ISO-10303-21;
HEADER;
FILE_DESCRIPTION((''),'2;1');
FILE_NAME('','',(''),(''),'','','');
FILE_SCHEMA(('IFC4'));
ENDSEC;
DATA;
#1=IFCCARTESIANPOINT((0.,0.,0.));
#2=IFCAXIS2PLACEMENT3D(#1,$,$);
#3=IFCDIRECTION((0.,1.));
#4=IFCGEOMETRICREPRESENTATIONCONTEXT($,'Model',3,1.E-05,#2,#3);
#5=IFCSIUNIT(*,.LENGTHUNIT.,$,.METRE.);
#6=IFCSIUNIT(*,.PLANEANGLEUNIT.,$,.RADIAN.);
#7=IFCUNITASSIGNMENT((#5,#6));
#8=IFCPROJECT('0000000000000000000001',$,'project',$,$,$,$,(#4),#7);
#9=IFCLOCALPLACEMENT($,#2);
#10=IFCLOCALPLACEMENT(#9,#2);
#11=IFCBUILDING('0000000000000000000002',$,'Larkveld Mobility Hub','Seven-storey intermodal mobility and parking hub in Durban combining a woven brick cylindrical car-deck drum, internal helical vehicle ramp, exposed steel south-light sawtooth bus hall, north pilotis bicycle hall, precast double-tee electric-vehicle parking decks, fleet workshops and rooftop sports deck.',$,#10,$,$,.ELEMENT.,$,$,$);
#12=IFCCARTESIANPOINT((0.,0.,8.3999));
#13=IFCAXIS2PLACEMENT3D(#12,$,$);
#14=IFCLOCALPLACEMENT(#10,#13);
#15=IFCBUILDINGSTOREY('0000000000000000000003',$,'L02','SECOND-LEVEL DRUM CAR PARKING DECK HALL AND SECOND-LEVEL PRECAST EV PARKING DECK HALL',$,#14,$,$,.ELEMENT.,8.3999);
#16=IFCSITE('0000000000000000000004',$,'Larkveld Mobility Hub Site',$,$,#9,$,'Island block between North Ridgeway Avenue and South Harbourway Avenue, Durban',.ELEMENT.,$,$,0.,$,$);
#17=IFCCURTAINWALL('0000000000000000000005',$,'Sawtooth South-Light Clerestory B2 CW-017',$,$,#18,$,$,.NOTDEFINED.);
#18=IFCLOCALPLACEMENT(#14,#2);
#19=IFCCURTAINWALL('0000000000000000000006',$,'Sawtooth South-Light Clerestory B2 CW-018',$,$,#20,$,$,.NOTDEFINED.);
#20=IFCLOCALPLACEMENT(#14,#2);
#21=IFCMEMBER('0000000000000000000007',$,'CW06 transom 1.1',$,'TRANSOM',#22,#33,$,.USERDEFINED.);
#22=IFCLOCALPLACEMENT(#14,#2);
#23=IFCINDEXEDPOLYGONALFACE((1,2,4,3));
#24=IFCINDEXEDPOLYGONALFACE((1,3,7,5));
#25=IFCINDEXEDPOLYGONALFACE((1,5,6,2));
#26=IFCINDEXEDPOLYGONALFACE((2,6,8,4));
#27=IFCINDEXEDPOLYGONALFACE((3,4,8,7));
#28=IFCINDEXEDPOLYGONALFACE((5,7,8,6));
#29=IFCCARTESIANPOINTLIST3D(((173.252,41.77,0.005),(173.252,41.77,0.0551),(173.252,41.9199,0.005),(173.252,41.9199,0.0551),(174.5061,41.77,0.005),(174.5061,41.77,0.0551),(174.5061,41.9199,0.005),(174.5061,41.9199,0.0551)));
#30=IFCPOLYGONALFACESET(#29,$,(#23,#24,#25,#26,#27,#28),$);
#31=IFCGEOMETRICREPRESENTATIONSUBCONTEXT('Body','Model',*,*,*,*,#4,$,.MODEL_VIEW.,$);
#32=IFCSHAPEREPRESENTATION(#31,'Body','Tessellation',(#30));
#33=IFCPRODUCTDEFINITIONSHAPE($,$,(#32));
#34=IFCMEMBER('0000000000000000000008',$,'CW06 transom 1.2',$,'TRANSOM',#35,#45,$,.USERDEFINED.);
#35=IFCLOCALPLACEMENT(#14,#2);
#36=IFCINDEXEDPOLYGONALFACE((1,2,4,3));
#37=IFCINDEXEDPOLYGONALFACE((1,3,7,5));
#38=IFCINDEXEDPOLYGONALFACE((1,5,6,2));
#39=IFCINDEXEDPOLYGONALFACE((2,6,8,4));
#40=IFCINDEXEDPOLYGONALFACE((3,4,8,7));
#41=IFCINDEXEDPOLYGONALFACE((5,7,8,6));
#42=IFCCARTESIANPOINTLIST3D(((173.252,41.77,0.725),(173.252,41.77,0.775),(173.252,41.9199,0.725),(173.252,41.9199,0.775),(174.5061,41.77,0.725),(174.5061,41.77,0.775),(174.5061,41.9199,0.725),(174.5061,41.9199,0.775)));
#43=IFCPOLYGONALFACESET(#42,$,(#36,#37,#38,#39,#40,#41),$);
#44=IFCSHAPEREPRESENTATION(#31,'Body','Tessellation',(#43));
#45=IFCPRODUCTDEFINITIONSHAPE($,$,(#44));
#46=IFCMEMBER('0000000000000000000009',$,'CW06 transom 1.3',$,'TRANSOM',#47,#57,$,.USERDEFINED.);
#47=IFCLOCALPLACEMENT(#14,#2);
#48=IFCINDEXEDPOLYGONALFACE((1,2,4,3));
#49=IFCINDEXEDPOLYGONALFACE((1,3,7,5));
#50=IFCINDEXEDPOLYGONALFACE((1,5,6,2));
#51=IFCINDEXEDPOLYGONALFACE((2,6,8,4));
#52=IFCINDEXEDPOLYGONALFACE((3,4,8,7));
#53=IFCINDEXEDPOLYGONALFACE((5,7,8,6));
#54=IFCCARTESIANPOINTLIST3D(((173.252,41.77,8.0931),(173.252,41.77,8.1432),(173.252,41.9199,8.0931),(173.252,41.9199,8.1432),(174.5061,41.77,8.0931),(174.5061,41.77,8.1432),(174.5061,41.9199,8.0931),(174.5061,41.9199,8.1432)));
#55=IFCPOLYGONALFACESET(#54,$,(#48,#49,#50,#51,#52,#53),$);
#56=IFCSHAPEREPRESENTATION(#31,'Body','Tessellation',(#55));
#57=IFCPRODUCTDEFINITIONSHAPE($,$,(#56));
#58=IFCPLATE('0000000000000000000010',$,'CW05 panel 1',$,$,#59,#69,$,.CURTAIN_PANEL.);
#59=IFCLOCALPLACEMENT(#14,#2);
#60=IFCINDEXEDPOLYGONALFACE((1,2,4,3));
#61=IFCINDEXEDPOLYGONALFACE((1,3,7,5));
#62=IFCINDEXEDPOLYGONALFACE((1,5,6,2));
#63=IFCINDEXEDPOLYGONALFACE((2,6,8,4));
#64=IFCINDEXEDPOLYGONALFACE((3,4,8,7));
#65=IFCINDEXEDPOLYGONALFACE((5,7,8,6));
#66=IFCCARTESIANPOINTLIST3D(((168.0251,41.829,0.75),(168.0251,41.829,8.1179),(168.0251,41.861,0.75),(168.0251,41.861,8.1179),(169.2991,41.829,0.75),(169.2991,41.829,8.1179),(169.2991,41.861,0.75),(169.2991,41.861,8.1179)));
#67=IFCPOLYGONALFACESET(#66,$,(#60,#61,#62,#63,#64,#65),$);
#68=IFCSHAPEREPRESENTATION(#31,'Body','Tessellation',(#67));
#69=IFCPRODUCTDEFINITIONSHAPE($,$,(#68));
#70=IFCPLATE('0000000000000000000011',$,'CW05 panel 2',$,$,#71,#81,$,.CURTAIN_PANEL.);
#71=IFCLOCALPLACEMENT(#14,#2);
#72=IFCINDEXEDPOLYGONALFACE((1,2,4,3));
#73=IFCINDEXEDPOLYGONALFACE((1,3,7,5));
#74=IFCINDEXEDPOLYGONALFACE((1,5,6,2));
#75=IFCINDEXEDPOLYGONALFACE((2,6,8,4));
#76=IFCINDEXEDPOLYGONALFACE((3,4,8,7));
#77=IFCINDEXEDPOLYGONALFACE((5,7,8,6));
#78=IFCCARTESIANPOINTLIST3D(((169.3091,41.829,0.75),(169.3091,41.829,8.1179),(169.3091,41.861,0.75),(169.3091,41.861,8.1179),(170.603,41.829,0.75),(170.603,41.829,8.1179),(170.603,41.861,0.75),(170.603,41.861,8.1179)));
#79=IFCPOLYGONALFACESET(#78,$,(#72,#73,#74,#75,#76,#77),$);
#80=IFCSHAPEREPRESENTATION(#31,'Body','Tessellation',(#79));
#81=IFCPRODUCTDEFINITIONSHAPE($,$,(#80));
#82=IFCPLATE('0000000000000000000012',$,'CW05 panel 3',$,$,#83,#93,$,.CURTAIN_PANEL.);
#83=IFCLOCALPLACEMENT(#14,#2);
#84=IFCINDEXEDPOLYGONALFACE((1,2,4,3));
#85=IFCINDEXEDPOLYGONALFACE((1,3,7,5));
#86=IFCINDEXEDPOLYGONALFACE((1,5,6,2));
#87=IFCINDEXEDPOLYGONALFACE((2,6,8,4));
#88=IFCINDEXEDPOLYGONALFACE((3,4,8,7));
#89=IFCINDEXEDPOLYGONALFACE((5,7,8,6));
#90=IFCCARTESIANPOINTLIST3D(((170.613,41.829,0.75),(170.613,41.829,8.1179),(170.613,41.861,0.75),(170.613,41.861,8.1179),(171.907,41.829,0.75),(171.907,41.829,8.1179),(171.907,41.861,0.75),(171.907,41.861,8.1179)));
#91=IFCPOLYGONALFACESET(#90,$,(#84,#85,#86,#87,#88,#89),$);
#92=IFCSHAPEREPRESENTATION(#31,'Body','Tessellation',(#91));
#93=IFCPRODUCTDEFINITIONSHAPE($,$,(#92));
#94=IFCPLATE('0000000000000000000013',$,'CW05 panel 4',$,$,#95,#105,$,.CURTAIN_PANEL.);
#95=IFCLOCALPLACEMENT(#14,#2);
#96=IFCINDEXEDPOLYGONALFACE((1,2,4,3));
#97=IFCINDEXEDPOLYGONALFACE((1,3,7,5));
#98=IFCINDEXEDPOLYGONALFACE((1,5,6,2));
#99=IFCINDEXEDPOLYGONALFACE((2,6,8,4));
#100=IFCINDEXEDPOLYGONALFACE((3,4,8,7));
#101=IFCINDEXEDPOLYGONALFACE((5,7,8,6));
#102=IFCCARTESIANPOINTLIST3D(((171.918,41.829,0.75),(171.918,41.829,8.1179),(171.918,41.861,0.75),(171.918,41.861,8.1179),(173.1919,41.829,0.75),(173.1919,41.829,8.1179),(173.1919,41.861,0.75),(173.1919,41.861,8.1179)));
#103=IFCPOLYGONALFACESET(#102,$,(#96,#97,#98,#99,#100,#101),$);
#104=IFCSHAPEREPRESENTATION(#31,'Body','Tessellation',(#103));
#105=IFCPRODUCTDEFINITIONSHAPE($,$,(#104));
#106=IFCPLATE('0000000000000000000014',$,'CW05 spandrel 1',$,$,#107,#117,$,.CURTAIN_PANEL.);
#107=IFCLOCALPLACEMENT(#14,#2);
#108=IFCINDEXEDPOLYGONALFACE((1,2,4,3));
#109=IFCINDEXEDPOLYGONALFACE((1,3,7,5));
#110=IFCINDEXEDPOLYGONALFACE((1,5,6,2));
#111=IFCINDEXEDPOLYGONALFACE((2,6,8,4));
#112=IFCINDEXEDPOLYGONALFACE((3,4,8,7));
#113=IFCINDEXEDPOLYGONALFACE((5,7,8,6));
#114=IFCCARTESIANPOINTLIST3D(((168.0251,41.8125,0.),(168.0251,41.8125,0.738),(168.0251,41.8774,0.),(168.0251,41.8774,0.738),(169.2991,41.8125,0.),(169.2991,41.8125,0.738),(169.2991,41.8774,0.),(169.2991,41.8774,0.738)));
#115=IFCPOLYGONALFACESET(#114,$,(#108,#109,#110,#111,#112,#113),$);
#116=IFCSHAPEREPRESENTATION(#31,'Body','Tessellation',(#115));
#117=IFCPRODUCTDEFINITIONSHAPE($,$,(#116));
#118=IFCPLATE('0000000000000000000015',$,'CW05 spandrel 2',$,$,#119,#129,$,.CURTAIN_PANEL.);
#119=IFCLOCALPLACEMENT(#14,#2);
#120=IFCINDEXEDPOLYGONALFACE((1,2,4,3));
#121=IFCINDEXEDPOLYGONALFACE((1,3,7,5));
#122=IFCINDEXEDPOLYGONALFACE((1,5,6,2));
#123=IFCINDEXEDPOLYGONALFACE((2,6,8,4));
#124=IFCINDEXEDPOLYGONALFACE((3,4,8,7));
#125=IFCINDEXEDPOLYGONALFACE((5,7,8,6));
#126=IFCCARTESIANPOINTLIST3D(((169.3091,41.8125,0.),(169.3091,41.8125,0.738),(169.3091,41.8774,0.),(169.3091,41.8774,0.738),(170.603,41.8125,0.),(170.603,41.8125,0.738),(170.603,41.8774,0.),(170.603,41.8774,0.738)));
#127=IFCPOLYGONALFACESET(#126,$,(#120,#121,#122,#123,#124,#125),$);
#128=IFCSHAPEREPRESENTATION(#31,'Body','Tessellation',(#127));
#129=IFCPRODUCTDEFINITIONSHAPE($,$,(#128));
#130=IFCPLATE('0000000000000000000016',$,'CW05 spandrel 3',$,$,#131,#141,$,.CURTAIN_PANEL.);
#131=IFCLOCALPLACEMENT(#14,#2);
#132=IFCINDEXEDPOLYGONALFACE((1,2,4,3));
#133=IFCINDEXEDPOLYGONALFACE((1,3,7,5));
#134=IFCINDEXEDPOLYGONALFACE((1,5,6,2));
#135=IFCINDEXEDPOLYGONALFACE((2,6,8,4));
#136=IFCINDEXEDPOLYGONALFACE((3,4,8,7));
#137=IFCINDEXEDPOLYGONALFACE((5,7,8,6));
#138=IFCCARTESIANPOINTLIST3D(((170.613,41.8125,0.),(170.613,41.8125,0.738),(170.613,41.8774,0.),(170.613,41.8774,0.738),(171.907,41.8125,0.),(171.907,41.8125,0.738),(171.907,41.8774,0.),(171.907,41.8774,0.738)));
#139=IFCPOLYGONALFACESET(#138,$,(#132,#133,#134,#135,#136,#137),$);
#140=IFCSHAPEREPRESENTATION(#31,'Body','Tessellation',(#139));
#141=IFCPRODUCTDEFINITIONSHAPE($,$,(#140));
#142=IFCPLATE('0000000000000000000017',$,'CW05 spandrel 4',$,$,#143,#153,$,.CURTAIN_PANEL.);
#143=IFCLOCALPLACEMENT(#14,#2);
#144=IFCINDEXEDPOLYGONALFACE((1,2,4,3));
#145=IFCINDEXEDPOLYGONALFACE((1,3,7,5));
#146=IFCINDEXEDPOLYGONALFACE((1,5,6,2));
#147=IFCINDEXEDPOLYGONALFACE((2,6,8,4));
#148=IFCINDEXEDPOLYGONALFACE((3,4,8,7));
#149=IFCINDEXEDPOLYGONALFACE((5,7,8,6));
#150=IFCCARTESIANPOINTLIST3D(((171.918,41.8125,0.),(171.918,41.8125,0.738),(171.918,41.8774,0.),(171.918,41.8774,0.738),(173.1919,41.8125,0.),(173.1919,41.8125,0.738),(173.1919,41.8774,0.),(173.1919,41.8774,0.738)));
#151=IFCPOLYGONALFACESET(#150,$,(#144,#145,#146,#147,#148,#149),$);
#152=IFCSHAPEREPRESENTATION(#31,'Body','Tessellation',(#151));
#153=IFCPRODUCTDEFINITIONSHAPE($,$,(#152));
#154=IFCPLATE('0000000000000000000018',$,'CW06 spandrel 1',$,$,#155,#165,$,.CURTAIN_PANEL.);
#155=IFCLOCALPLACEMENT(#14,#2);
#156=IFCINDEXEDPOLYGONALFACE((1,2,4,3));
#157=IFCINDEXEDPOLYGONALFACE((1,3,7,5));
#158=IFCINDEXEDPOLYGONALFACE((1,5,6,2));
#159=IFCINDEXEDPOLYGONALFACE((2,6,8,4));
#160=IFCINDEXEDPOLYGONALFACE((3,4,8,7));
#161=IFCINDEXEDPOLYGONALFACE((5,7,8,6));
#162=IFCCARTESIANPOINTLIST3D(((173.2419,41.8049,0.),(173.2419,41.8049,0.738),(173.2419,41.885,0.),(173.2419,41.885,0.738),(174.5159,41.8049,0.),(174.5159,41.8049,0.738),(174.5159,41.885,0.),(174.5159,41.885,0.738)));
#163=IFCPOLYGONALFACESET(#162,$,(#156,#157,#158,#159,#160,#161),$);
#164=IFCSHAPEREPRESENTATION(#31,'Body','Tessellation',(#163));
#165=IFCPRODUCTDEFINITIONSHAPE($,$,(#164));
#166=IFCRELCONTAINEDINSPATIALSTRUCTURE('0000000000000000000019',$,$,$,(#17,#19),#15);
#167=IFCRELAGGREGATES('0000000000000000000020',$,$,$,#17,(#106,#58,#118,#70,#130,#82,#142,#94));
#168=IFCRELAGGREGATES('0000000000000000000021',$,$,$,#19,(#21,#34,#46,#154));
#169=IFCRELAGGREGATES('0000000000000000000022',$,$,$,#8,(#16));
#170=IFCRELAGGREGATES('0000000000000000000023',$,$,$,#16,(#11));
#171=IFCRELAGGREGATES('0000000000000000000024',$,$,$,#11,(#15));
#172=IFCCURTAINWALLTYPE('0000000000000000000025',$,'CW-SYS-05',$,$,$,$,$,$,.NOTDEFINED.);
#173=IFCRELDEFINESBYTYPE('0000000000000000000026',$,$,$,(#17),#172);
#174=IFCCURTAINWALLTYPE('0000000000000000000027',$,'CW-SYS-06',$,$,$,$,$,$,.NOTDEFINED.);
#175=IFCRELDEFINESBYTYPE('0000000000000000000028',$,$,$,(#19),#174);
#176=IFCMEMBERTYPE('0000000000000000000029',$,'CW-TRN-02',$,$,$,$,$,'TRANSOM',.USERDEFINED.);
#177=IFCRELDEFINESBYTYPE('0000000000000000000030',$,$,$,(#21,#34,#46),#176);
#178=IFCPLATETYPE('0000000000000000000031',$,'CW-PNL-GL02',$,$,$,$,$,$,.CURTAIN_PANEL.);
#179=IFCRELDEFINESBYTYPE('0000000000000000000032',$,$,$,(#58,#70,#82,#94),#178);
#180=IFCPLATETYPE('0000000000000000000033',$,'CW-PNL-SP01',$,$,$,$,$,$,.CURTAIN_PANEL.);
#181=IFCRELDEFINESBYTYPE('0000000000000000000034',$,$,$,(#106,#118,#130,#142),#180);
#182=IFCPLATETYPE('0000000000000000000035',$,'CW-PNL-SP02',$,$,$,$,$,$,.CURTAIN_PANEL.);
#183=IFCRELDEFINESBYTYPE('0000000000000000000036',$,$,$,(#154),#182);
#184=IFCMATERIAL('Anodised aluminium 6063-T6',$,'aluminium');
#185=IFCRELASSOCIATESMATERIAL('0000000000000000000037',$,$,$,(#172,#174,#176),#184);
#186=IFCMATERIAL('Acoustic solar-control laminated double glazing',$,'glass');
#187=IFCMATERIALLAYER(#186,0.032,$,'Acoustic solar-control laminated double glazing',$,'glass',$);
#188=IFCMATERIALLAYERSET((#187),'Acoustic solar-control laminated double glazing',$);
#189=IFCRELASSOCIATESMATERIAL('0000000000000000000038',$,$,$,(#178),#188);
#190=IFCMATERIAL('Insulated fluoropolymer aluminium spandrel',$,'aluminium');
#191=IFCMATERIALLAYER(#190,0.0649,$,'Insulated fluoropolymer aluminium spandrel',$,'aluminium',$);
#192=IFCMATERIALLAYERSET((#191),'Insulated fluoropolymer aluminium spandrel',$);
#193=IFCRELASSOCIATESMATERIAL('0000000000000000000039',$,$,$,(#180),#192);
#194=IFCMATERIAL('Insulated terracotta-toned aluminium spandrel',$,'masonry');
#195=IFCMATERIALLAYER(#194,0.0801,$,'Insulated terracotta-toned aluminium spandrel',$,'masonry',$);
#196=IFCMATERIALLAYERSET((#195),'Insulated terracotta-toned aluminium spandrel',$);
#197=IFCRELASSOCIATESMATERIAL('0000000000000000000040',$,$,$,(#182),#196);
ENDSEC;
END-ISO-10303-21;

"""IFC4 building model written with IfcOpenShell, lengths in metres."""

from ifc_helpers import new_model, si_unit, direction, frame, origin, origin_2d, place, context, subcontext, project, spatial, rectangle, extrude, material, layer, layer_set, material_profile, profile_set, type_object, element, aggregate, save


model = new_model("IFC4")

# Units and contexts
model_context = context("Model", 3, precision=1e-05, world=origin(), true_north=direction((0.0, 1.0)))
body_context = subcontext(model_context, "Body", "Model", "MODEL_VIEW")
ifc_project = project(units=[si_unit("LENGTHUNIT", "METRE"), si_unit("PLANEANGLEUNIT", "RADIAN")], contexts=[model_context])

# Site, building, storey
site_placement = place(None, origin())
site = spatial("IfcSite", under=ifc_project, at=site_placement, Name="Larkveld Mobility Hub Site", LongName="Island block between North Ridgeway Avenue and South Harbourway Avenue, Durban", CompositionType="ELEMENT", RefElevation=0.0)
building_placement = place(site_placement, origin())
building = spatial("IfcBuilding", under=site, at=building_placement, Name="Larkveld Mobility Hub", Description="Seven-storey intermodal mobility and parking hub in Durban combining a woven brick cylindrical car-deck drum, internal helical vehicle ramp, exposed steel south-light sawtooth bus hall, north pilotis bicycle hall, precast double-tee electric-vehicle parking decks, fleet workshops and rooftop sports deck.", CompositionType="ELEMENT")
storey_placement = place(building_placement, frame((0.0, 0.0, 8.3999)))
storey = spatial("IfcBuildingStorey", under=building, at=storey_placement, Name="L02", Description="SECOND-LEVEL DRUM CAR PARKING DECK HALL AND SECOND-LEVEL PRECAST EV PARKING DECK HALL", CompositionType="ELEMENT", Elevation=8.3999)

# Curtain wall
ifc_material_1 = material(Name="Anodised aluminium 6063-T6", Category="aluminium")
curtain_wall_type_1 = type_object("IfcCurtainWallType", Name="CW-SYS-05", PredefinedType="NOTDEFINED", material=ifc_material_1)
curtain_wall_1_placement = place(storey_placement, origin())
curtain_wall_1 = element("IfcCurtainWall", 1, at=curtain_wall_1_placement, inside=storey, type_object=curtain_wall_type_1, Name="Sawtooth South-Light Clerestory B2 CW-017", PredefinedType="NOTDEFINED")

# Curtain wall
curtain_wall_type_2 = type_object("IfcCurtainWallType", Name="CW-SYS-06", PredefinedType="NOTDEFINED", material=ifc_material_1)
curtain_wall_2_placement = place(storey_placement, origin())
curtain_wall_2 = element("IfcCurtainWall", 2, at=curtain_wall_2_placement, inside=storey, type_object=curtain_wall_type_2, Name="Sawtooth South-Light Clerestory B2 CW-018", PredefinedType="NOTDEFINED")

# Members
ifc_material_profile_1 = material_profile(ifc_material_1, rectangle(XDim=0.1499, YDim=0.05, at=origin_2d()), Name="ALU TRAN 50x150")
ifc_profile_set_1 = profile_set([ifc_material_profile_1], Name="Anodised aluminium 6063-T6")
member_type_1 = type_object("IfcMemberType", Name="CW-TRN-02", ElementType="TRANSOM", PredefinedType="USERDEFINED", material=ifc_profile_set_1)
member_1_placement = place(storey_placement, frame((173.252, 41.845, 0.03), z_axis=(1.0, 0.0, 0.0), x_axis=(0.0, 1.0, 0.0)))
member_1 = element("IfcMember", 3, at=member_1_placement, type_object=member_type_1, Name="CW06 transom 1.1", ObjectType="TRANSOM", PredefinedType="USERDEFINED", context=body_context, shape_type="SweptSolid", body=[
    extrude(rectangle(XDim=0.1499, YDim=0.05, at=origin_2d()), origin(), (0.0, 0.0, 1.0), 1.2542),
])
member_2_placement = place(storey_placement, frame((173.252, 41.845, 0.75), z_axis=(1.0, 0.0, 0.0), x_axis=(0.0, 1.0, 0.0)))
member_2 = element("IfcMember", 4, at=member_2_placement, type_object=member_type_1, Name="CW06 transom 1.2", ObjectType="TRANSOM", PredefinedType="USERDEFINED", context=body_context, shape_type="SweptSolid", body=[
    extrude(rectangle(XDim=0.1499, YDim=0.05, at=origin_2d()), origin(), (0.0, 0.0, 1.0), 1.2542),
])
member_3_placement = place(storey_placement, frame((173.252, 41.845, 8.1182), z_axis=(1.0, 0.0, 0.0), x_axis=(0.0, 1.0, 0.0)))
member_3 = element("IfcMember", 5, at=member_3_placement, type_object=member_type_1, Name="CW06 transom 1.3", ObjectType="TRANSOM", PredefinedType="USERDEFINED", context=body_context, shape_type="SweptSolid", body=[
    extrude(rectangle(XDim=0.1499, YDim=0.05, at=origin_2d()), origin(), (0.0, 0.0, 1.0), 1.2542),
])

# Plates
ifc_material_2 = material(Name="Acoustic solar-control laminated double glazing", Category="glass")
ifc_layer_1 = layer(ifc_material_2, 0.032, Name="Acoustic solar-control laminated double glazing", Category="glass")
ifc_layer_set_1 = layer_set([ifc_layer_1], Name="Acoustic solar-control laminated double glazing")
plate_type_1 = type_object("IfcPlateType", Name="CW-PNL-GL02", PredefinedType="CURTAIN_PANEL", material=ifc_layer_set_1)
plate_1_placement = place(storey_placement, frame((168.6621, 41.845, 0.75), z_axis=(0.0, 0.0, 1.0), x_axis=(1.0, 0.0, 0.0)))
plate_1 = element("IfcPlate", 6, at=plate_1_placement, type_object=plate_type_1, Name="CW05 panel 1", PredefinedType="CURTAIN_PANEL", context=body_context, shape_type="SweptSolid", body=[
    extrude(rectangle(XDim=1.2739, YDim=0.032, at=origin_2d()), origin(), (0.0, 0.0, 1.0), 7.3679),
])
plate_2_placement = place(storey_placement, frame((169.9561, 41.845, 0.75), z_axis=(0.0, 0.0, 1.0), x_axis=(1.0, 0.0, 0.0)))
plate_2 = element("IfcPlate", 7, at=plate_2_placement, type_object=plate_type_1, Name="CW05 panel 2", PredefinedType="CURTAIN_PANEL", context=body_context, shape_type="SweptSolid", body=[
    extrude(rectangle(XDim=1.2939, YDim=0.032, at=origin_2d()), origin(), (0.0, 0.0, 1.0), 7.3679),
])
plate_3_placement = place(storey_placement, frame((171.26, 41.845, 0.75), z_axis=(0.0, 0.0, 1.0), x_axis=(1.0, 0.0, 0.0)))
plate_3 = element("IfcPlate", 8, at=plate_3_placement, type_object=plate_type_1, Name="CW05 panel 3", PredefinedType="CURTAIN_PANEL", context=body_context, shape_type="SweptSolid", body=[
    extrude(rectangle(XDim=1.2939, YDim=0.032, at=origin_2d()), origin(), (0.0, 0.0, 1.0), 7.3679),
])
plate_4_placement = place(storey_placement, frame((172.5549, 41.845, 0.75), z_axis=(0.0, 0.0, 1.0), x_axis=(1.0, 0.0, 0.0)))
plate_4 = element("IfcPlate", 9, at=plate_4_placement, type_object=plate_type_1, Name="CW05 panel 4", PredefinedType="CURTAIN_PANEL", context=body_context, shape_type="SweptSolid", body=[
    extrude(rectangle(XDim=1.2739, YDim=0.032, at=origin_2d()), origin(), (0.0, 0.0, 1.0), 7.3679),
])
ifc_material_3 = material(Name="Insulated fluoropolymer aluminium spandrel", Category="aluminium")
ifc_layer_2 = layer(ifc_material_3, 0.0649, Name="Insulated fluoropolymer aluminium spandrel", Category="aluminium")
ifc_layer_set_2 = layer_set([ifc_layer_2], Name="Insulated fluoropolymer aluminium spandrel")
plate_type_2 = type_object("IfcPlateType", Name="CW-PNL-SP01", PredefinedType="CURTAIN_PANEL", material=ifc_layer_set_2)
plate_5_placement = place(storey_placement, frame((168.6621, 41.845, 0.0), z_axis=(0.0, 0.0, 1.0), x_axis=(1.0, 0.0, 0.0)))
plate_5 = element("IfcPlate", 10, at=plate_5_placement, type_object=plate_type_2, Name="CW05 spandrel 1", PredefinedType="CURTAIN_PANEL", context=body_context, shape_type="SweptSolid", body=[
    extrude(rectangle(XDim=1.2739, YDim=0.0649, at=origin_2d()), origin(), (0.0, 0.0, 1.0), 0.738),
])
plate_6_placement = place(storey_placement, frame((169.9561, 41.845, 0.0), z_axis=(0.0, 0.0, 1.0), x_axis=(1.0, 0.0, 0.0)))
plate_6 = element("IfcPlate", 11, at=plate_6_placement, type_object=plate_type_2, Name="CW05 spandrel 2", PredefinedType="CURTAIN_PANEL", context=body_context, shape_type="SweptSolid", body=[
    extrude(rectangle(XDim=1.2939, YDim=0.0649, at=origin_2d()), origin(), (0.0, 0.0, 1.0), 0.738),
])
plate_7_placement = place(storey_placement, frame((171.26, 41.845, 0.0), z_axis=(0.0, 0.0, 1.0), x_axis=(1.0, 0.0, 0.0)))
plate_7 = element("IfcPlate", 12, at=plate_7_placement, type_object=plate_type_2, Name="CW05 spandrel 3", PredefinedType="CURTAIN_PANEL", context=body_context, shape_type="SweptSolid", body=[
    extrude(rectangle(XDim=1.2939, YDim=0.0649, at=origin_2d()), origin(), (0.0, 0.0, 1.0), 0.738),
])
plate_8_placement = place(storey_placement, frame((172.5549, 41.845, 0.0), z_axis=(0.0, 0.0, 1.0), x_axis=(1.0, 0.0, 0.0)))
plate_8 = element("IfcPlate", 13, at=plate_8_placement, type_object=plate_type_2, Name="CW05 spandrel 4", PredefinedType="CURTAIN_PANEL", context=body_context, shape_type="SweptSolid", body=[
    extrude(rectangle(XDim=1.2739, YDim=0.0649, at=origin_2d()), origin(), (0.0, 0.0, 1.0), 0.738),
])
aggregate(curtain_wall_1, [plate_5, plate_1, plate_6, plate_2, plate_7, plate_3, plate_8, plate_4])
ifc_material_4 = material(Name="Insulated terracotta-toned aluminium spandrel", Category="masonry")
ifc_layer_3 = layer(ifc_material_4, 0.0801, Name="Insulated terracotta-toned aluminium spandrel", Category="masonry")
ifc_layer_set_3 = layer_set([ifc_layer_3], Name="Insulated terracotta-toned aluminium spandrel")
plate_type_3 = type_object("IfcPlateType", Name="CW-PNL-SP02", PredefinedType="CURTAIN_PANEL", material=ifc_layer_set_3)
plate_9_placement = place(storey_placement, frame((173.8789, 41.845, 0.0), z_axis=(0.0, 0.0, 1.0), x_axis=(1.0, 0.0, 0.0)))
plate_9 = element("IfcPlate", 14, at=plate_9_placement, type_object=plate_type_3, Name="CW06 spandrel 1", PredefinedType="CURTAIN_PANEL", context=body_context, shape_type="SweptSolid", body=[
    extrude(rectangle(XDim=1.2739, YDim=0.0801, at=origin_2d()), origin(), (0.0, 0.0, 1.0), 0.738),
])
aggregate(curtain_wall_2, [member_1, member_2, member_3, plate_9])

save(model, "model.ifc")
